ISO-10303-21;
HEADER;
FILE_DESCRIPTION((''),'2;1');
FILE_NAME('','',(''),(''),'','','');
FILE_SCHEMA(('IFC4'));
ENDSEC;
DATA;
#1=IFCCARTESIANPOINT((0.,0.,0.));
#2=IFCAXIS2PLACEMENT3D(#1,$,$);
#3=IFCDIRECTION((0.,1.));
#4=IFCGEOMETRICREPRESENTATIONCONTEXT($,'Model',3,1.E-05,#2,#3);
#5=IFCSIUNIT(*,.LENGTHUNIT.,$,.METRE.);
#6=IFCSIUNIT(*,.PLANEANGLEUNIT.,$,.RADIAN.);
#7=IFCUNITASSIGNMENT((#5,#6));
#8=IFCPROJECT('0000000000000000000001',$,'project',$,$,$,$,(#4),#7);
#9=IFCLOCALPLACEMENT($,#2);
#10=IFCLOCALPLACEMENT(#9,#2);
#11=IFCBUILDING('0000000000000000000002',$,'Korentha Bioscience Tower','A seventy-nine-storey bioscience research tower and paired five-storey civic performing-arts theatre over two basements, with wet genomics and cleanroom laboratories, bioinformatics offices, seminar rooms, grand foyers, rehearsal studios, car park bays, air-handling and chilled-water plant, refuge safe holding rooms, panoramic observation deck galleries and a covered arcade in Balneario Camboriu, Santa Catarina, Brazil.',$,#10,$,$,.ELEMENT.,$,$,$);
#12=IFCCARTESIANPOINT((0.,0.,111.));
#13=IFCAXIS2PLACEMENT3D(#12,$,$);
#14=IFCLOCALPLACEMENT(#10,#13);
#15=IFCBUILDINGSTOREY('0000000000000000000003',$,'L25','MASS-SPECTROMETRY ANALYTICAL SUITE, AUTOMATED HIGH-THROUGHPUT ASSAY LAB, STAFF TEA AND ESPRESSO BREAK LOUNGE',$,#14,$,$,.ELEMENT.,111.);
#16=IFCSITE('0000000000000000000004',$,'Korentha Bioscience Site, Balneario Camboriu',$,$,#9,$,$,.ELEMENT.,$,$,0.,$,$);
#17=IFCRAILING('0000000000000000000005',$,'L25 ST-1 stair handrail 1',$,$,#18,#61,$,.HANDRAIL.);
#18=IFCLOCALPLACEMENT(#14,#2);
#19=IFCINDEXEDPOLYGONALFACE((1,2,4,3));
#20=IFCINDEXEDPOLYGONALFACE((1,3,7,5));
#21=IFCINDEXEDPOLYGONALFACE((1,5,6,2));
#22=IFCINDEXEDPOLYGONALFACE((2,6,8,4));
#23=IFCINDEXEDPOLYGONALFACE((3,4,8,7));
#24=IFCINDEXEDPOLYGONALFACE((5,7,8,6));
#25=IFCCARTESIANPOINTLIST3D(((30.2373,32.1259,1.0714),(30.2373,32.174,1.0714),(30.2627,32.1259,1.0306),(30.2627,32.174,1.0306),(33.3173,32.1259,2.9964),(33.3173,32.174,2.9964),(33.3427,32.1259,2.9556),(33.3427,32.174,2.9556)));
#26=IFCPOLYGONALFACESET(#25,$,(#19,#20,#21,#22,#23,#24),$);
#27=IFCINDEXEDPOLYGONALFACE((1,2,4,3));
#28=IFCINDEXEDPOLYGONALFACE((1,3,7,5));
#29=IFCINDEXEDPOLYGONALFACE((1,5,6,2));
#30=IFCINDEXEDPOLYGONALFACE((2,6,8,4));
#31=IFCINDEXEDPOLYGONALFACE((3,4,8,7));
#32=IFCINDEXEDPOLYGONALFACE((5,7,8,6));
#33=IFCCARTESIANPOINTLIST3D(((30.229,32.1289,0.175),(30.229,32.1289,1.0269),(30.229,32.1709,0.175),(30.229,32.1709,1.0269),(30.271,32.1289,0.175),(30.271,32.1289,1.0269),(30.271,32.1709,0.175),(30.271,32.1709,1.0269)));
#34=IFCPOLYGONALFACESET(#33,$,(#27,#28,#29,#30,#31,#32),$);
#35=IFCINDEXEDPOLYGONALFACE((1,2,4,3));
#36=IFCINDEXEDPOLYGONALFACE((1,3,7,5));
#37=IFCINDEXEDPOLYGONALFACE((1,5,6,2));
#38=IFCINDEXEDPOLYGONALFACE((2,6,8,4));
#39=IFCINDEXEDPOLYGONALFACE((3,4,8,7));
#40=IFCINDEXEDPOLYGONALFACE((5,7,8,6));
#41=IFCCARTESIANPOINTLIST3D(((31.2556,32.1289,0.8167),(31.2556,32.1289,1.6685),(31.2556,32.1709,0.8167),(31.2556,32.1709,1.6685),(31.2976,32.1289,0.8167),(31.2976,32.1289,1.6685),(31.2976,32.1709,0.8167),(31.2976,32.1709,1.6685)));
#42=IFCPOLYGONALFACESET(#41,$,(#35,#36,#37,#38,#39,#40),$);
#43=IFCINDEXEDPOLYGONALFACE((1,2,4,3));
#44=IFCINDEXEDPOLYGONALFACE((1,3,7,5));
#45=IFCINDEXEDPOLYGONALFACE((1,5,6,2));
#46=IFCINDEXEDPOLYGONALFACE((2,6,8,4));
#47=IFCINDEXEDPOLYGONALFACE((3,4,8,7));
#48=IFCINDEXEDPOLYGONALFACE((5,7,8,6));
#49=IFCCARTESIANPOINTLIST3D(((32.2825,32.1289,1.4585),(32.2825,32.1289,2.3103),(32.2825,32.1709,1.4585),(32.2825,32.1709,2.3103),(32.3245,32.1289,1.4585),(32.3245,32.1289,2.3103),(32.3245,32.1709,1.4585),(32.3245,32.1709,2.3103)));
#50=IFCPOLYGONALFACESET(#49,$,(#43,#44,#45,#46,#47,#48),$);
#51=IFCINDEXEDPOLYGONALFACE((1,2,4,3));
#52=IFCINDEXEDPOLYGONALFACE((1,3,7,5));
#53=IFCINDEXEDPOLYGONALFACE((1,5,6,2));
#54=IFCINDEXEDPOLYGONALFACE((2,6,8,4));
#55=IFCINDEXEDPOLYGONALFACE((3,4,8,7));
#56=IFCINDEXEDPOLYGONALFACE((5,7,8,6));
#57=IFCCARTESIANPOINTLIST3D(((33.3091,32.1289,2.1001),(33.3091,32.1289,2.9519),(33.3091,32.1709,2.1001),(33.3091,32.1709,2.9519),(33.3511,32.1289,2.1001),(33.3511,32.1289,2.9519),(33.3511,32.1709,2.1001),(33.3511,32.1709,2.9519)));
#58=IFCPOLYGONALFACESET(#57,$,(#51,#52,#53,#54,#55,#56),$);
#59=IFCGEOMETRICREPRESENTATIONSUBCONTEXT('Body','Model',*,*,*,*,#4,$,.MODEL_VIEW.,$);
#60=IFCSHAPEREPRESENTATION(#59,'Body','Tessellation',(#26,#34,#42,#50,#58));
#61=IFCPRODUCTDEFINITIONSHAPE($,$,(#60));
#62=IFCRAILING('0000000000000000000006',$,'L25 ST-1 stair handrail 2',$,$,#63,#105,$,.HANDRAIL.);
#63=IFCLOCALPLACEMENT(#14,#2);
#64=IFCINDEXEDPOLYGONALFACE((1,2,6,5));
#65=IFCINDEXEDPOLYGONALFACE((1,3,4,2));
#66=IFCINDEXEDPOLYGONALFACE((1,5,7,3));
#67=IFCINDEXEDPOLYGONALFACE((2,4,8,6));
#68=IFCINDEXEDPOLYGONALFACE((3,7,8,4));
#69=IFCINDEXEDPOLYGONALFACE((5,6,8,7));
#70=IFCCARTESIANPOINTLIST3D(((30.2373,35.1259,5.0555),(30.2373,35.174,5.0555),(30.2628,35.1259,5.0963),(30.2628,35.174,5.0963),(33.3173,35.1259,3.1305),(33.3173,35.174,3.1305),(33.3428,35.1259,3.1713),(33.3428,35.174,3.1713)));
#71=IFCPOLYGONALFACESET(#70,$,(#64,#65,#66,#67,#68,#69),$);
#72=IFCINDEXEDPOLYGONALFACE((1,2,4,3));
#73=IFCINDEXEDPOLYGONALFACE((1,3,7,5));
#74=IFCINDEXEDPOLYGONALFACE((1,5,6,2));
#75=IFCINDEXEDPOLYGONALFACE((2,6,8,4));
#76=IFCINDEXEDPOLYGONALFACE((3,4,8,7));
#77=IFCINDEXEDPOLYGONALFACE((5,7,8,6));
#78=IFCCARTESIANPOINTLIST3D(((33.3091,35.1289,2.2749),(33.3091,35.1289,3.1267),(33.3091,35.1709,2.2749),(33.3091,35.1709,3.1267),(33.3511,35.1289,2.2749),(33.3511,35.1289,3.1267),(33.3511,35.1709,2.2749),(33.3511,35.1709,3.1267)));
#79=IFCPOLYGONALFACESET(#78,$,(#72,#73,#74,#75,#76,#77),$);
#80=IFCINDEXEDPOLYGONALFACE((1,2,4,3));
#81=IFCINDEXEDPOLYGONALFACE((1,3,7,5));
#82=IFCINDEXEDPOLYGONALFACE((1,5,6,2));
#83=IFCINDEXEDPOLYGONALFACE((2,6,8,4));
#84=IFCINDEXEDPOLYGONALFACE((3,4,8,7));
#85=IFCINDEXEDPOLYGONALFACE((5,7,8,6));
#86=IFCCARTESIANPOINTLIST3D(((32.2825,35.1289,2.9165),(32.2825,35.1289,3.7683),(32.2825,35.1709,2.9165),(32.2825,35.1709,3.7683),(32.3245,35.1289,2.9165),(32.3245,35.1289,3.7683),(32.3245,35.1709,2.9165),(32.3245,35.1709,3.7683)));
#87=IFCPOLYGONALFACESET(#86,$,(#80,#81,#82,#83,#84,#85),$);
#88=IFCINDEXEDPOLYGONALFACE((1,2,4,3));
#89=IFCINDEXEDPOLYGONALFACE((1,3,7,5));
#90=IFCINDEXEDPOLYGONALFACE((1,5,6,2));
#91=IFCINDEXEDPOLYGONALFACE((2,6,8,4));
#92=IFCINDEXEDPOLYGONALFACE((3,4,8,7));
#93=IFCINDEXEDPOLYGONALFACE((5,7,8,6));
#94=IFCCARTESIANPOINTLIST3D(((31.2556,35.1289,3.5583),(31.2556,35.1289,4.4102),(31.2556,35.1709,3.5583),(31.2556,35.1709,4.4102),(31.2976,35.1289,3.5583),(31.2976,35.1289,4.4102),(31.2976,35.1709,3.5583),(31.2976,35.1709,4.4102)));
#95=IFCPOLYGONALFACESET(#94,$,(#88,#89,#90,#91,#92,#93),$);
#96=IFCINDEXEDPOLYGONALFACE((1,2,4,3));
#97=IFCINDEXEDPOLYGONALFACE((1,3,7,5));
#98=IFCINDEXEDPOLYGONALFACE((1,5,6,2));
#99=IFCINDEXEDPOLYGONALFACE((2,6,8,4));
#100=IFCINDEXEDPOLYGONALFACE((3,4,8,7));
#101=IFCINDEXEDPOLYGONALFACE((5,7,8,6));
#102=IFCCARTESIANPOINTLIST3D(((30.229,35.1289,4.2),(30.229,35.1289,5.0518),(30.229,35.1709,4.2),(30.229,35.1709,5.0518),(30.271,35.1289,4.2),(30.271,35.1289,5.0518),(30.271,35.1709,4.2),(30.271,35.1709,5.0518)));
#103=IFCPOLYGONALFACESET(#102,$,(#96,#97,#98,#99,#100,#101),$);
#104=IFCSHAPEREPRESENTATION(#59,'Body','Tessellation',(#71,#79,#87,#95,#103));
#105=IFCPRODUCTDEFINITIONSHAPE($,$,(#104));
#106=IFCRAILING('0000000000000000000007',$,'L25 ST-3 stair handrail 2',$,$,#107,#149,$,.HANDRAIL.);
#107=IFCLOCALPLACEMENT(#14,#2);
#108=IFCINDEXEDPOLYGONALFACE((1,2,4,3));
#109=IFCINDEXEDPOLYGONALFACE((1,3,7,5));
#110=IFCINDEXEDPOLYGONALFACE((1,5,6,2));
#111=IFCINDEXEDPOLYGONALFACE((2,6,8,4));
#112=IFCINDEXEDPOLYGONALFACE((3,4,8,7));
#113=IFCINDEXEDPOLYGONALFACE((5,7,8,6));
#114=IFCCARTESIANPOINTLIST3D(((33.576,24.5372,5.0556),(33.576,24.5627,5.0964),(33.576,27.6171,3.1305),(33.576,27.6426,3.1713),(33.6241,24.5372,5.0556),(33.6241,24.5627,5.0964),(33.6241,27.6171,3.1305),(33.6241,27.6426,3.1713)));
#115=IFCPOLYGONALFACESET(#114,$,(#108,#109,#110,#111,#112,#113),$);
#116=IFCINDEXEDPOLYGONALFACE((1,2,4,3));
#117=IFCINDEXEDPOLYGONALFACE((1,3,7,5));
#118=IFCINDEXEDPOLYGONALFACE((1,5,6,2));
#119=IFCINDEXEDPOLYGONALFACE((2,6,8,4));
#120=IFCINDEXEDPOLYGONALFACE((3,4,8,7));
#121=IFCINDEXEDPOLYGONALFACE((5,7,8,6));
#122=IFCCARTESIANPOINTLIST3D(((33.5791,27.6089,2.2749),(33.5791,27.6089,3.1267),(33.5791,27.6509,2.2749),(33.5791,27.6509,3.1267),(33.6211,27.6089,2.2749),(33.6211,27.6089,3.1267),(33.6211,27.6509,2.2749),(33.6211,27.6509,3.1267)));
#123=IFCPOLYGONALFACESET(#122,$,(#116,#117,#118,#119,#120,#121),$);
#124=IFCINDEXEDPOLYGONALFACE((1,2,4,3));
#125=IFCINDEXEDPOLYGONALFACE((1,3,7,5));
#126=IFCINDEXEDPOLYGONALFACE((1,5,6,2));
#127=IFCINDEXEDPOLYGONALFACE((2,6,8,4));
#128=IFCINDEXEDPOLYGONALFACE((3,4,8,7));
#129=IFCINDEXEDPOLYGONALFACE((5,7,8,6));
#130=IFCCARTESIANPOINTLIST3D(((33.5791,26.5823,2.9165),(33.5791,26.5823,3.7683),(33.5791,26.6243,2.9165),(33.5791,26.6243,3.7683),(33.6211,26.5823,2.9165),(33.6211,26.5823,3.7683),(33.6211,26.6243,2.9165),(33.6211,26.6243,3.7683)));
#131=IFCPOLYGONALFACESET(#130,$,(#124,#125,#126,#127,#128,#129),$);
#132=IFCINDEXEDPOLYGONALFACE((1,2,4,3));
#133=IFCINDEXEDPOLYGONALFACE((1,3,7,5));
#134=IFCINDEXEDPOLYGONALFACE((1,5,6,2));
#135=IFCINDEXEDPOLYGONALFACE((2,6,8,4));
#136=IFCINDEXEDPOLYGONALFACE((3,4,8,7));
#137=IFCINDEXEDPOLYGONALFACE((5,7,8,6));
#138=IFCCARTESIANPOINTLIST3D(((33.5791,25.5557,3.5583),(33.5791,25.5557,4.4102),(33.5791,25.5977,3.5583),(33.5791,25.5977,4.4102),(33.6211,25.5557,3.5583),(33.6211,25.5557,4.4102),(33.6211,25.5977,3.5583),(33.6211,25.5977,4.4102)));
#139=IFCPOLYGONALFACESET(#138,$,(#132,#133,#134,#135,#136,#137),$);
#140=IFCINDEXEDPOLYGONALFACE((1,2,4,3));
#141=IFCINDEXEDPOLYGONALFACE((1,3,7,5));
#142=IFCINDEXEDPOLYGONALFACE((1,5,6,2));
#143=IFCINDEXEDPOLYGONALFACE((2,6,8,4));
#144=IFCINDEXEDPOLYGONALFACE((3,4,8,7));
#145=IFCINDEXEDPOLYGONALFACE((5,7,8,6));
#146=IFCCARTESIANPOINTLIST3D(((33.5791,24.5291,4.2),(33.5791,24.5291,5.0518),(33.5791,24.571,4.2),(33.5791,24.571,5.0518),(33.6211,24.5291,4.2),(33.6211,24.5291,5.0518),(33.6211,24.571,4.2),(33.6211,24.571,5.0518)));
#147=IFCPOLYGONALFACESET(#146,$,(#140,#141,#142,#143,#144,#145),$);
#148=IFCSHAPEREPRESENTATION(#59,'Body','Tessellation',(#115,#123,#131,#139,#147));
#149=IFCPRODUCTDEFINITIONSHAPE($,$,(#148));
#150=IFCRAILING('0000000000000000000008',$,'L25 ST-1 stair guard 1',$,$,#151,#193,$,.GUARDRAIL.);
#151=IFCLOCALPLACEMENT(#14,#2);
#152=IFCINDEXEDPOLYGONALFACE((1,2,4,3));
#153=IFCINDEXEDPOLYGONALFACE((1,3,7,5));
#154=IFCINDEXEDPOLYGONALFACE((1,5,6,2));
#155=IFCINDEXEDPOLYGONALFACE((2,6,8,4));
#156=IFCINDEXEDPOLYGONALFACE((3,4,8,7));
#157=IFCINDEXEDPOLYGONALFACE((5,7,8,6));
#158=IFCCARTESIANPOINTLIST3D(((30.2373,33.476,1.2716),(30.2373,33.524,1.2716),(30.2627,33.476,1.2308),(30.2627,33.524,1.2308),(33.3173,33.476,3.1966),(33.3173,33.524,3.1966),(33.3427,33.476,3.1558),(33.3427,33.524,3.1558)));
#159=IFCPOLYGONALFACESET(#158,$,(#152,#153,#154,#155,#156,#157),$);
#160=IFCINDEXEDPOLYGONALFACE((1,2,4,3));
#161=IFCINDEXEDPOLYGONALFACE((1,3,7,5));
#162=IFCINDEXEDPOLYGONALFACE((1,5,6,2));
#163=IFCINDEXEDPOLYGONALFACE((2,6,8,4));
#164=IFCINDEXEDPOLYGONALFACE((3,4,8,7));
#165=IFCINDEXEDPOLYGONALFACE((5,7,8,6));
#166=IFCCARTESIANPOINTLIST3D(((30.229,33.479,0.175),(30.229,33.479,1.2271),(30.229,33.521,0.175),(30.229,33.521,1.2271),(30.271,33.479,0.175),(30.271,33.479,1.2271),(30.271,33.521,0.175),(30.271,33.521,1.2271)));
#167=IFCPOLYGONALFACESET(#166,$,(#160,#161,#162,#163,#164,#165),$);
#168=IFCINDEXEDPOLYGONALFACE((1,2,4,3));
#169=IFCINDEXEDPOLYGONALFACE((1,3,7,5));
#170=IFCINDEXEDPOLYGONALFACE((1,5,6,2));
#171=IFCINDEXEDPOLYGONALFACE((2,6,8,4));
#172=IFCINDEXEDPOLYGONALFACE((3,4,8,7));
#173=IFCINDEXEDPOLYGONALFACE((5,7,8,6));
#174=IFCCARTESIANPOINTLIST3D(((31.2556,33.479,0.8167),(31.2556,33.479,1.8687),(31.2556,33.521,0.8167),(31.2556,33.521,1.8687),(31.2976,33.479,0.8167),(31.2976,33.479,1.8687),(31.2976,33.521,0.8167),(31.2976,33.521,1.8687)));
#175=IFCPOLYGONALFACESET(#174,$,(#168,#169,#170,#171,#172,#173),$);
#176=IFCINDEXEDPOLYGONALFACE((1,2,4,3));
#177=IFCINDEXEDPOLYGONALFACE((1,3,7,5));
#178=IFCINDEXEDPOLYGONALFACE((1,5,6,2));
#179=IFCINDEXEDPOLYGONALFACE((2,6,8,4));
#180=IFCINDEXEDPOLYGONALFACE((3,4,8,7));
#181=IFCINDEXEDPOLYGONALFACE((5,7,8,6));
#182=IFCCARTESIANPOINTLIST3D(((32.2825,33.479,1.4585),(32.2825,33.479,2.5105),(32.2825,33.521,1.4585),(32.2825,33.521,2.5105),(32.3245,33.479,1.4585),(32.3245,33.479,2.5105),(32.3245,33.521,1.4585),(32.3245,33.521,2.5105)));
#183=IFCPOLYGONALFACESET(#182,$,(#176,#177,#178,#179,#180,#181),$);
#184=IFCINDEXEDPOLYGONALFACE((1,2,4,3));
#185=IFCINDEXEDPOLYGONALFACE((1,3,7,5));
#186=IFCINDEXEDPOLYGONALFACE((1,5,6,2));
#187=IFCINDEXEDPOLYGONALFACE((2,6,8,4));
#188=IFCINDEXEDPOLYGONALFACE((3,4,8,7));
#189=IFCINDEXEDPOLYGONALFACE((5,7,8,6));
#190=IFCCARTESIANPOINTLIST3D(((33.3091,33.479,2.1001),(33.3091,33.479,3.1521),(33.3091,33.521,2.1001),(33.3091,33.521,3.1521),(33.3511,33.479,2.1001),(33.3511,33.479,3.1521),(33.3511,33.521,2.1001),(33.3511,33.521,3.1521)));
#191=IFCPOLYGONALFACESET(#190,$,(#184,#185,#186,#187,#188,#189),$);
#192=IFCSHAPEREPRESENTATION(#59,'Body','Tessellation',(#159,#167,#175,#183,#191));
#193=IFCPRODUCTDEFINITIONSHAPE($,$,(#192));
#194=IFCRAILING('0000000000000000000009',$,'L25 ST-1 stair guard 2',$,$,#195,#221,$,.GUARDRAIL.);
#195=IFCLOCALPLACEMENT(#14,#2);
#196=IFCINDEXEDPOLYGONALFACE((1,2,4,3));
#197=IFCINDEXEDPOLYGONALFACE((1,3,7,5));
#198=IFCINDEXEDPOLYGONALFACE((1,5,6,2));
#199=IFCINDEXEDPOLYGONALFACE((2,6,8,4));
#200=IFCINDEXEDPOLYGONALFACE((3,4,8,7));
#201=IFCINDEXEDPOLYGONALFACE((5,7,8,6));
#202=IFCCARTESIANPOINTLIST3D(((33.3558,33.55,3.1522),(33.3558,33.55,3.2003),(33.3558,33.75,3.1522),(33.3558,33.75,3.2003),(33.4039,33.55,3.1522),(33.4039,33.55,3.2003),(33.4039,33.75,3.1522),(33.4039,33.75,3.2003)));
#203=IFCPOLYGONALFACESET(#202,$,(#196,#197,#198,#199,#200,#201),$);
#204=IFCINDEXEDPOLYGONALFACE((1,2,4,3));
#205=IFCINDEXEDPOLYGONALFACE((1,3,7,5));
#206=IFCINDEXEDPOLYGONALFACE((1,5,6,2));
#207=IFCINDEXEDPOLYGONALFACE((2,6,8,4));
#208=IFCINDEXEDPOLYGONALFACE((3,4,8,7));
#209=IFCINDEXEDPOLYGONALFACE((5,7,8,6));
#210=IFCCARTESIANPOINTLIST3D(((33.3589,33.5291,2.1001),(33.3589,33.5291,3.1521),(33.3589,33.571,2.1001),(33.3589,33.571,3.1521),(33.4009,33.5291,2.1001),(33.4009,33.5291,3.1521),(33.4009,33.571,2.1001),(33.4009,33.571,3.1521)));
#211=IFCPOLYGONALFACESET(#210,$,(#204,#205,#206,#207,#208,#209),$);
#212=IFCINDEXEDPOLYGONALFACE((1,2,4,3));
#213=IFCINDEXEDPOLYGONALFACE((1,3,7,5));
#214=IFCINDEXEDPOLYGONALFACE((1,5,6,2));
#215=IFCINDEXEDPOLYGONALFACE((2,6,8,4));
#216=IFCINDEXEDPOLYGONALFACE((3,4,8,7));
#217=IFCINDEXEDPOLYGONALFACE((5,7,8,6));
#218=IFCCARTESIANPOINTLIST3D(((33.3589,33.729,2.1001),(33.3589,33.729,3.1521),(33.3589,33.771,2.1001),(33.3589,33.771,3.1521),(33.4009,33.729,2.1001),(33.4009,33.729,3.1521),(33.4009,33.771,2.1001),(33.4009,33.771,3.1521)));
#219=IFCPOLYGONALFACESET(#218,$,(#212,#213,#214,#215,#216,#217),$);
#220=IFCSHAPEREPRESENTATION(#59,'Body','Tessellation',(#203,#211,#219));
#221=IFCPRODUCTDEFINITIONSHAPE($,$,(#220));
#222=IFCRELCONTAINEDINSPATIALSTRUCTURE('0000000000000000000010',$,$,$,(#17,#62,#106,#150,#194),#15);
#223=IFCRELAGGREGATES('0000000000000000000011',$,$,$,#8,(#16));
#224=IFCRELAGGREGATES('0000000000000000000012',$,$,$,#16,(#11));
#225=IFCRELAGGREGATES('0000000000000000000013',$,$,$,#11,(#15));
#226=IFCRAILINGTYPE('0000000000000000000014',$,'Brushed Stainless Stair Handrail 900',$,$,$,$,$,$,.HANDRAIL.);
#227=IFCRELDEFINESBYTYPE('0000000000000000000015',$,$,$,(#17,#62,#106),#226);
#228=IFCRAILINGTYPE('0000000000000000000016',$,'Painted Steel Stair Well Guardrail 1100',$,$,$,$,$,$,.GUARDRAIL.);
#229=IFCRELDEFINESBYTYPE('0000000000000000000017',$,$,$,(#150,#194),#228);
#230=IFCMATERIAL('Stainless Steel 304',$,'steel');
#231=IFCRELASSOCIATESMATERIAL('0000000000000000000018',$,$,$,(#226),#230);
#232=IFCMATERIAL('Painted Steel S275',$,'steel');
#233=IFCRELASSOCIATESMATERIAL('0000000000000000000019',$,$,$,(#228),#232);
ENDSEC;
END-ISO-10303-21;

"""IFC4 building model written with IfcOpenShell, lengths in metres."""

from ifc_helpers import new_model, si_unit, direction, frame, origin, origin_2d, place, context, subcontext, project, spatial, rectangle, extrude, material, type_object, element, save


model = new_model("IFC4")

# Units and contexts
model_context = context("Model", 3, precision=1e-05, world=origin(), true_north=direction((0.0, 1.0)))
body_context = subcontext(model_context, "Body", "Model", "MODEL_VIEW")
ifc_project = project(units=[si_unit("LENGTHUNIT", "METRE"), si_unit("PLANEANGLEUNIT", "RADIAN")], contexts=[model_context])

# Site, building, storey
site_placement = place(None, origin())
site = spatial("IfcSite", under=ifc_project, at=site_placement, Name="Korentha Bioscience Site, Balneario Camboriu", CompositionType="ELEMENT", RefElevation=0.0)
building_placement = place(site_placement, origin())
building = spatial("IfcBuilding", under=site, at=building_placement, Name="Korentha Bioscience Tower", Description="A seventy-nine-storey bioscience research tower and paired five-storey civic performing-arts theatre over two basements, with wet genomics and cleanroom laboratories, bioinformatics offices, seminar rooms, grand foyers, rehearsal studios, car park bays, air-handling and chilled-water plant, refuge safe holding rooms, panoramic observation deck galleries and a covered arcade in Balneario Camboriu, Santa Catarina, Brazil.", CompositionType="ELEMENT")
storey_placement = place(building_placement, frame((0.0, 0.0, 111.0)))
storey = spatial("IfcBuildingStorey", under=building, at=storey_placement, Name="L25", Description="MASS-SPECTROMETRY ANALYTICAL SUITE, AUTOMATED HIGH-THROUGHPUT ASSAY LAB, STAFF TEA AND ESPRESSO BREAK LOUNGE", CompositionType="ELEMENT", Elevation=111.0)

# Railings
ifc_material_1 = material(Name="Stainless Steel 304", Category="steel")
railing_type_1 = type_object("IfcRailingType", Name="Brushed Stainless Stair Handrail 900", PredefinedType="HANDRAIL", material=ifc_material_1)
railing_1_placement = place(storey_placement, frame((30.25, 32.1499, 0.175)))
element("IfcRailing", 1, at=railing_1_placement, inside=storey, type_object=railing_type_1, Name="L25 ST-1 stair handrail 1", PredefinedType="HANDRAIL", context=body_context, shape_type="SweptSolid", body=[
    extrude(rectangle(XDim=0.0481, YDim=0.0481, at=origin_2d()), frame((0.0, 0.0, 0.876), z_axis=(0.847998, 0.0, 0.529999), x_axis=(0.0, 1.0, 0.0)), (0.0, 0.0, 1.0), 3.6321),
    extrude(rectangle(XDim=0.042, YDim=0.042, at=origin_2d()), origin(), (0.0, 0.0, 1.0), 0.8518),
    extrude(rectangle(XDim=0.042, YDim=0.042, at=origin_2d()), frame((1.0266, 0.0, 0.6416)), (0.0, 0.0, 1.0), 0.8518),
    extrude(rectangle(XDim=0.042, YDim=0.042, at=origin_2d()), frame((2.0535, 0.0, 1.2834)), (0.0, 0.0, 1.0), 0.8518),
    extrude(rectangle(XDim=0.042, YDim=0.042, at=origin_2d()), frame((3.0801, 0.0, 1.925)), (0.0, 0.0, 1.0), 0.8518),
])
railing_2_placement = place(storey_placement, frame((33.3301, 35.1499, 2.2749)))
element("IfcRailing", 2, at=railing_2_placement, inside=storey, type_object=railing_type_1, Name="L25 ST-1 stair handrail 2", PredefinedType="HANDRAIL", context=body_context, shape_type="SweptSolid", body=[
    extrude(rectangle(XDim=0.0481, YDim=0.0481, at=origin_2d()), frame((0.0, 0.0, 0.876), z_axis=(-0.847998, 0.0, 0.529999), x_axis=(0.0, -1.0, 0.0)), (0.0, 0.0, 1.0), 3.6321),
    extrude(rectangle(XDim=0.042, YDim=0.042, at=origin_2d()), origin(), (0.0, 0.0, 1.0), 0.8518),
    extrude(rectangle(XDim=0.042, YDim=0.042, at=origin_2d()), frame((-1.0266, 0.0, 0.6416)), (0.0, 0.0, 1.0), 0.8518),
    extrude(rectangle(XDim=0.042, YDim=0.042, at=origin_2d()), frame((-2.0535, 0.0, 1.2834)), (0.0, 0.0, 1.0), 0.8518),
    extrude(rectangle(XDim=0.042, YDim=0.042, at=origin_2d()), frame((-3.0801, 0.0, 1.925)), (0.0, 0.0, 1.0), 0.8518),
])
railing_3_placement = place(storey_placement, frame((33.6001, 27.6299, 2.2749)))
element("IfcRailing", 3, at=railing_3_placement, inside=storey, type_object=railing_type_1, Name="L25 ST-3 stair handrail 2", PredefinedType="HANDRAIL", context=body_context, shape_type="SweptSolid", body=[
    extrude(rectangle(XDim=0.0481, YDim=0.0481, at=origin_2d()), frame((0.0, 0.0, 0.876), z_axis=(0.0, -0.847979, 0.530029), x_axis=(1.0, 0.0, 0.0)), (0.0, 0.0, 1.0), 3.6321),
    extrude(rectangle(XDim=0.042, YDim=0.042, at=origin_2d()), origin(), (0.0, 0.0, 1.0), 0.8518),
    extrude(rectangle(XDim=0.042, YDim=0.042, at=origin_2d()), frame((0.0, -1.0266, 0.6416)), (0.0, 0.0, 1.0), 0.8518),
    extrude(rectangle(XDim=0.042, YDim=0.042, at=origin_2d()), frame((0.0, -2.0532, 1.2834)), (0.0, 0.0, 1.0), 0.8518),
    extrude(rectangle(XDim=0.042, YDim=0.042, at=origin_2d()), frame((0.0, -3.0798, 1.925)), (0.0, 0.0, 1.0), 0.8518),
])
ifc_material_2 = material(Name="Painted Steel S275", Category="steel")
railing_type_2 = type_object("IfcRailingType", Name="Painted Steel Stair Well Guardrail 1100", PredefinedType="GUARDRAIL", material=ifc_material_2)
railing_4_placement = place(storey_placement, frame((30.25, 33.5, 0.175)))
element("IfcRailing", 4, at=railing_4_placement, inside=storey, type_object=railing_type_2, Name="L25 ST-1 stair guard 1", PredefinedType="GUARDRAIL", context=body_context, shape_type="SweptSolid", body=[
    extrude(rectangle(XDim=0.0481, YDim=0.0481, at=origin_2d()), frame((0.0, 0.0, 1.0762), z_axis=(0.847998, 0.0, 0.529999), x_axis=(0.0, 1.0, 0.0)), (0.0, 0.0, 1.0), 3.6321),
    extrude(rectangle(XDim=0.042, YDim=0.042, at=origin_2d()), origin(), (0.0, 0.0, 1.0), 1.052),
    extrude(rectangle(XDim=0.042, YDim=0.042, at=origin_2d()), frame((1.0266, 0.0, 0.6416)), (0.0, 0.0, 1.0), 1.052),
    extrude(rectangle(XDim=0.042, YDim=0.042, at=origin_2d()), frame((2.0535, 0.0, 1.2834)), (0.0, 0.0, 1.0), 1.052),
    extrude(rectangle(XDim=0.042, YDim=0.042, at=origin_2d()), frame((3.0801, 0.0, 1.925)), (0.0, 0.0, 1.0), 1.052),
])
railing_5_placement = place(storey_placement, frame((33.3799, 33.55, 2.1001)))
element("IfcRailing", 5, at=railing_5_placement, inside=storey, type_object=railing_type_2, Name="L25 ST-1 stair guard 2", PredefinedType="GUARDRAIL", context=body_context, shape_type="SweptSolid", body=[
    extrude(rectangle(XDim=0.0481, YDim=0.0481, at=origin_2d()), frame((0.0, 0.0, 1.0762), z_axis=(0.0, 1.0, 0.0), x_axis=(-1.0, 0.0, 0.0)), (0.0, 0.0, 1.0), 0.2),
    extrude(rectangle(XDim=0.042, YDim=0.042, at=origin_2d()), origin(), (0.0, 0.0, 1.0), 1.052),
    extrude(rectangle(XDim=0.042, YDim=0.042, at=origin_2d()), frame((0.0, 0.2, 0.0)), (0.0, 0.0, 1.0), 1.052),
])

save(model, "model.ifc")
